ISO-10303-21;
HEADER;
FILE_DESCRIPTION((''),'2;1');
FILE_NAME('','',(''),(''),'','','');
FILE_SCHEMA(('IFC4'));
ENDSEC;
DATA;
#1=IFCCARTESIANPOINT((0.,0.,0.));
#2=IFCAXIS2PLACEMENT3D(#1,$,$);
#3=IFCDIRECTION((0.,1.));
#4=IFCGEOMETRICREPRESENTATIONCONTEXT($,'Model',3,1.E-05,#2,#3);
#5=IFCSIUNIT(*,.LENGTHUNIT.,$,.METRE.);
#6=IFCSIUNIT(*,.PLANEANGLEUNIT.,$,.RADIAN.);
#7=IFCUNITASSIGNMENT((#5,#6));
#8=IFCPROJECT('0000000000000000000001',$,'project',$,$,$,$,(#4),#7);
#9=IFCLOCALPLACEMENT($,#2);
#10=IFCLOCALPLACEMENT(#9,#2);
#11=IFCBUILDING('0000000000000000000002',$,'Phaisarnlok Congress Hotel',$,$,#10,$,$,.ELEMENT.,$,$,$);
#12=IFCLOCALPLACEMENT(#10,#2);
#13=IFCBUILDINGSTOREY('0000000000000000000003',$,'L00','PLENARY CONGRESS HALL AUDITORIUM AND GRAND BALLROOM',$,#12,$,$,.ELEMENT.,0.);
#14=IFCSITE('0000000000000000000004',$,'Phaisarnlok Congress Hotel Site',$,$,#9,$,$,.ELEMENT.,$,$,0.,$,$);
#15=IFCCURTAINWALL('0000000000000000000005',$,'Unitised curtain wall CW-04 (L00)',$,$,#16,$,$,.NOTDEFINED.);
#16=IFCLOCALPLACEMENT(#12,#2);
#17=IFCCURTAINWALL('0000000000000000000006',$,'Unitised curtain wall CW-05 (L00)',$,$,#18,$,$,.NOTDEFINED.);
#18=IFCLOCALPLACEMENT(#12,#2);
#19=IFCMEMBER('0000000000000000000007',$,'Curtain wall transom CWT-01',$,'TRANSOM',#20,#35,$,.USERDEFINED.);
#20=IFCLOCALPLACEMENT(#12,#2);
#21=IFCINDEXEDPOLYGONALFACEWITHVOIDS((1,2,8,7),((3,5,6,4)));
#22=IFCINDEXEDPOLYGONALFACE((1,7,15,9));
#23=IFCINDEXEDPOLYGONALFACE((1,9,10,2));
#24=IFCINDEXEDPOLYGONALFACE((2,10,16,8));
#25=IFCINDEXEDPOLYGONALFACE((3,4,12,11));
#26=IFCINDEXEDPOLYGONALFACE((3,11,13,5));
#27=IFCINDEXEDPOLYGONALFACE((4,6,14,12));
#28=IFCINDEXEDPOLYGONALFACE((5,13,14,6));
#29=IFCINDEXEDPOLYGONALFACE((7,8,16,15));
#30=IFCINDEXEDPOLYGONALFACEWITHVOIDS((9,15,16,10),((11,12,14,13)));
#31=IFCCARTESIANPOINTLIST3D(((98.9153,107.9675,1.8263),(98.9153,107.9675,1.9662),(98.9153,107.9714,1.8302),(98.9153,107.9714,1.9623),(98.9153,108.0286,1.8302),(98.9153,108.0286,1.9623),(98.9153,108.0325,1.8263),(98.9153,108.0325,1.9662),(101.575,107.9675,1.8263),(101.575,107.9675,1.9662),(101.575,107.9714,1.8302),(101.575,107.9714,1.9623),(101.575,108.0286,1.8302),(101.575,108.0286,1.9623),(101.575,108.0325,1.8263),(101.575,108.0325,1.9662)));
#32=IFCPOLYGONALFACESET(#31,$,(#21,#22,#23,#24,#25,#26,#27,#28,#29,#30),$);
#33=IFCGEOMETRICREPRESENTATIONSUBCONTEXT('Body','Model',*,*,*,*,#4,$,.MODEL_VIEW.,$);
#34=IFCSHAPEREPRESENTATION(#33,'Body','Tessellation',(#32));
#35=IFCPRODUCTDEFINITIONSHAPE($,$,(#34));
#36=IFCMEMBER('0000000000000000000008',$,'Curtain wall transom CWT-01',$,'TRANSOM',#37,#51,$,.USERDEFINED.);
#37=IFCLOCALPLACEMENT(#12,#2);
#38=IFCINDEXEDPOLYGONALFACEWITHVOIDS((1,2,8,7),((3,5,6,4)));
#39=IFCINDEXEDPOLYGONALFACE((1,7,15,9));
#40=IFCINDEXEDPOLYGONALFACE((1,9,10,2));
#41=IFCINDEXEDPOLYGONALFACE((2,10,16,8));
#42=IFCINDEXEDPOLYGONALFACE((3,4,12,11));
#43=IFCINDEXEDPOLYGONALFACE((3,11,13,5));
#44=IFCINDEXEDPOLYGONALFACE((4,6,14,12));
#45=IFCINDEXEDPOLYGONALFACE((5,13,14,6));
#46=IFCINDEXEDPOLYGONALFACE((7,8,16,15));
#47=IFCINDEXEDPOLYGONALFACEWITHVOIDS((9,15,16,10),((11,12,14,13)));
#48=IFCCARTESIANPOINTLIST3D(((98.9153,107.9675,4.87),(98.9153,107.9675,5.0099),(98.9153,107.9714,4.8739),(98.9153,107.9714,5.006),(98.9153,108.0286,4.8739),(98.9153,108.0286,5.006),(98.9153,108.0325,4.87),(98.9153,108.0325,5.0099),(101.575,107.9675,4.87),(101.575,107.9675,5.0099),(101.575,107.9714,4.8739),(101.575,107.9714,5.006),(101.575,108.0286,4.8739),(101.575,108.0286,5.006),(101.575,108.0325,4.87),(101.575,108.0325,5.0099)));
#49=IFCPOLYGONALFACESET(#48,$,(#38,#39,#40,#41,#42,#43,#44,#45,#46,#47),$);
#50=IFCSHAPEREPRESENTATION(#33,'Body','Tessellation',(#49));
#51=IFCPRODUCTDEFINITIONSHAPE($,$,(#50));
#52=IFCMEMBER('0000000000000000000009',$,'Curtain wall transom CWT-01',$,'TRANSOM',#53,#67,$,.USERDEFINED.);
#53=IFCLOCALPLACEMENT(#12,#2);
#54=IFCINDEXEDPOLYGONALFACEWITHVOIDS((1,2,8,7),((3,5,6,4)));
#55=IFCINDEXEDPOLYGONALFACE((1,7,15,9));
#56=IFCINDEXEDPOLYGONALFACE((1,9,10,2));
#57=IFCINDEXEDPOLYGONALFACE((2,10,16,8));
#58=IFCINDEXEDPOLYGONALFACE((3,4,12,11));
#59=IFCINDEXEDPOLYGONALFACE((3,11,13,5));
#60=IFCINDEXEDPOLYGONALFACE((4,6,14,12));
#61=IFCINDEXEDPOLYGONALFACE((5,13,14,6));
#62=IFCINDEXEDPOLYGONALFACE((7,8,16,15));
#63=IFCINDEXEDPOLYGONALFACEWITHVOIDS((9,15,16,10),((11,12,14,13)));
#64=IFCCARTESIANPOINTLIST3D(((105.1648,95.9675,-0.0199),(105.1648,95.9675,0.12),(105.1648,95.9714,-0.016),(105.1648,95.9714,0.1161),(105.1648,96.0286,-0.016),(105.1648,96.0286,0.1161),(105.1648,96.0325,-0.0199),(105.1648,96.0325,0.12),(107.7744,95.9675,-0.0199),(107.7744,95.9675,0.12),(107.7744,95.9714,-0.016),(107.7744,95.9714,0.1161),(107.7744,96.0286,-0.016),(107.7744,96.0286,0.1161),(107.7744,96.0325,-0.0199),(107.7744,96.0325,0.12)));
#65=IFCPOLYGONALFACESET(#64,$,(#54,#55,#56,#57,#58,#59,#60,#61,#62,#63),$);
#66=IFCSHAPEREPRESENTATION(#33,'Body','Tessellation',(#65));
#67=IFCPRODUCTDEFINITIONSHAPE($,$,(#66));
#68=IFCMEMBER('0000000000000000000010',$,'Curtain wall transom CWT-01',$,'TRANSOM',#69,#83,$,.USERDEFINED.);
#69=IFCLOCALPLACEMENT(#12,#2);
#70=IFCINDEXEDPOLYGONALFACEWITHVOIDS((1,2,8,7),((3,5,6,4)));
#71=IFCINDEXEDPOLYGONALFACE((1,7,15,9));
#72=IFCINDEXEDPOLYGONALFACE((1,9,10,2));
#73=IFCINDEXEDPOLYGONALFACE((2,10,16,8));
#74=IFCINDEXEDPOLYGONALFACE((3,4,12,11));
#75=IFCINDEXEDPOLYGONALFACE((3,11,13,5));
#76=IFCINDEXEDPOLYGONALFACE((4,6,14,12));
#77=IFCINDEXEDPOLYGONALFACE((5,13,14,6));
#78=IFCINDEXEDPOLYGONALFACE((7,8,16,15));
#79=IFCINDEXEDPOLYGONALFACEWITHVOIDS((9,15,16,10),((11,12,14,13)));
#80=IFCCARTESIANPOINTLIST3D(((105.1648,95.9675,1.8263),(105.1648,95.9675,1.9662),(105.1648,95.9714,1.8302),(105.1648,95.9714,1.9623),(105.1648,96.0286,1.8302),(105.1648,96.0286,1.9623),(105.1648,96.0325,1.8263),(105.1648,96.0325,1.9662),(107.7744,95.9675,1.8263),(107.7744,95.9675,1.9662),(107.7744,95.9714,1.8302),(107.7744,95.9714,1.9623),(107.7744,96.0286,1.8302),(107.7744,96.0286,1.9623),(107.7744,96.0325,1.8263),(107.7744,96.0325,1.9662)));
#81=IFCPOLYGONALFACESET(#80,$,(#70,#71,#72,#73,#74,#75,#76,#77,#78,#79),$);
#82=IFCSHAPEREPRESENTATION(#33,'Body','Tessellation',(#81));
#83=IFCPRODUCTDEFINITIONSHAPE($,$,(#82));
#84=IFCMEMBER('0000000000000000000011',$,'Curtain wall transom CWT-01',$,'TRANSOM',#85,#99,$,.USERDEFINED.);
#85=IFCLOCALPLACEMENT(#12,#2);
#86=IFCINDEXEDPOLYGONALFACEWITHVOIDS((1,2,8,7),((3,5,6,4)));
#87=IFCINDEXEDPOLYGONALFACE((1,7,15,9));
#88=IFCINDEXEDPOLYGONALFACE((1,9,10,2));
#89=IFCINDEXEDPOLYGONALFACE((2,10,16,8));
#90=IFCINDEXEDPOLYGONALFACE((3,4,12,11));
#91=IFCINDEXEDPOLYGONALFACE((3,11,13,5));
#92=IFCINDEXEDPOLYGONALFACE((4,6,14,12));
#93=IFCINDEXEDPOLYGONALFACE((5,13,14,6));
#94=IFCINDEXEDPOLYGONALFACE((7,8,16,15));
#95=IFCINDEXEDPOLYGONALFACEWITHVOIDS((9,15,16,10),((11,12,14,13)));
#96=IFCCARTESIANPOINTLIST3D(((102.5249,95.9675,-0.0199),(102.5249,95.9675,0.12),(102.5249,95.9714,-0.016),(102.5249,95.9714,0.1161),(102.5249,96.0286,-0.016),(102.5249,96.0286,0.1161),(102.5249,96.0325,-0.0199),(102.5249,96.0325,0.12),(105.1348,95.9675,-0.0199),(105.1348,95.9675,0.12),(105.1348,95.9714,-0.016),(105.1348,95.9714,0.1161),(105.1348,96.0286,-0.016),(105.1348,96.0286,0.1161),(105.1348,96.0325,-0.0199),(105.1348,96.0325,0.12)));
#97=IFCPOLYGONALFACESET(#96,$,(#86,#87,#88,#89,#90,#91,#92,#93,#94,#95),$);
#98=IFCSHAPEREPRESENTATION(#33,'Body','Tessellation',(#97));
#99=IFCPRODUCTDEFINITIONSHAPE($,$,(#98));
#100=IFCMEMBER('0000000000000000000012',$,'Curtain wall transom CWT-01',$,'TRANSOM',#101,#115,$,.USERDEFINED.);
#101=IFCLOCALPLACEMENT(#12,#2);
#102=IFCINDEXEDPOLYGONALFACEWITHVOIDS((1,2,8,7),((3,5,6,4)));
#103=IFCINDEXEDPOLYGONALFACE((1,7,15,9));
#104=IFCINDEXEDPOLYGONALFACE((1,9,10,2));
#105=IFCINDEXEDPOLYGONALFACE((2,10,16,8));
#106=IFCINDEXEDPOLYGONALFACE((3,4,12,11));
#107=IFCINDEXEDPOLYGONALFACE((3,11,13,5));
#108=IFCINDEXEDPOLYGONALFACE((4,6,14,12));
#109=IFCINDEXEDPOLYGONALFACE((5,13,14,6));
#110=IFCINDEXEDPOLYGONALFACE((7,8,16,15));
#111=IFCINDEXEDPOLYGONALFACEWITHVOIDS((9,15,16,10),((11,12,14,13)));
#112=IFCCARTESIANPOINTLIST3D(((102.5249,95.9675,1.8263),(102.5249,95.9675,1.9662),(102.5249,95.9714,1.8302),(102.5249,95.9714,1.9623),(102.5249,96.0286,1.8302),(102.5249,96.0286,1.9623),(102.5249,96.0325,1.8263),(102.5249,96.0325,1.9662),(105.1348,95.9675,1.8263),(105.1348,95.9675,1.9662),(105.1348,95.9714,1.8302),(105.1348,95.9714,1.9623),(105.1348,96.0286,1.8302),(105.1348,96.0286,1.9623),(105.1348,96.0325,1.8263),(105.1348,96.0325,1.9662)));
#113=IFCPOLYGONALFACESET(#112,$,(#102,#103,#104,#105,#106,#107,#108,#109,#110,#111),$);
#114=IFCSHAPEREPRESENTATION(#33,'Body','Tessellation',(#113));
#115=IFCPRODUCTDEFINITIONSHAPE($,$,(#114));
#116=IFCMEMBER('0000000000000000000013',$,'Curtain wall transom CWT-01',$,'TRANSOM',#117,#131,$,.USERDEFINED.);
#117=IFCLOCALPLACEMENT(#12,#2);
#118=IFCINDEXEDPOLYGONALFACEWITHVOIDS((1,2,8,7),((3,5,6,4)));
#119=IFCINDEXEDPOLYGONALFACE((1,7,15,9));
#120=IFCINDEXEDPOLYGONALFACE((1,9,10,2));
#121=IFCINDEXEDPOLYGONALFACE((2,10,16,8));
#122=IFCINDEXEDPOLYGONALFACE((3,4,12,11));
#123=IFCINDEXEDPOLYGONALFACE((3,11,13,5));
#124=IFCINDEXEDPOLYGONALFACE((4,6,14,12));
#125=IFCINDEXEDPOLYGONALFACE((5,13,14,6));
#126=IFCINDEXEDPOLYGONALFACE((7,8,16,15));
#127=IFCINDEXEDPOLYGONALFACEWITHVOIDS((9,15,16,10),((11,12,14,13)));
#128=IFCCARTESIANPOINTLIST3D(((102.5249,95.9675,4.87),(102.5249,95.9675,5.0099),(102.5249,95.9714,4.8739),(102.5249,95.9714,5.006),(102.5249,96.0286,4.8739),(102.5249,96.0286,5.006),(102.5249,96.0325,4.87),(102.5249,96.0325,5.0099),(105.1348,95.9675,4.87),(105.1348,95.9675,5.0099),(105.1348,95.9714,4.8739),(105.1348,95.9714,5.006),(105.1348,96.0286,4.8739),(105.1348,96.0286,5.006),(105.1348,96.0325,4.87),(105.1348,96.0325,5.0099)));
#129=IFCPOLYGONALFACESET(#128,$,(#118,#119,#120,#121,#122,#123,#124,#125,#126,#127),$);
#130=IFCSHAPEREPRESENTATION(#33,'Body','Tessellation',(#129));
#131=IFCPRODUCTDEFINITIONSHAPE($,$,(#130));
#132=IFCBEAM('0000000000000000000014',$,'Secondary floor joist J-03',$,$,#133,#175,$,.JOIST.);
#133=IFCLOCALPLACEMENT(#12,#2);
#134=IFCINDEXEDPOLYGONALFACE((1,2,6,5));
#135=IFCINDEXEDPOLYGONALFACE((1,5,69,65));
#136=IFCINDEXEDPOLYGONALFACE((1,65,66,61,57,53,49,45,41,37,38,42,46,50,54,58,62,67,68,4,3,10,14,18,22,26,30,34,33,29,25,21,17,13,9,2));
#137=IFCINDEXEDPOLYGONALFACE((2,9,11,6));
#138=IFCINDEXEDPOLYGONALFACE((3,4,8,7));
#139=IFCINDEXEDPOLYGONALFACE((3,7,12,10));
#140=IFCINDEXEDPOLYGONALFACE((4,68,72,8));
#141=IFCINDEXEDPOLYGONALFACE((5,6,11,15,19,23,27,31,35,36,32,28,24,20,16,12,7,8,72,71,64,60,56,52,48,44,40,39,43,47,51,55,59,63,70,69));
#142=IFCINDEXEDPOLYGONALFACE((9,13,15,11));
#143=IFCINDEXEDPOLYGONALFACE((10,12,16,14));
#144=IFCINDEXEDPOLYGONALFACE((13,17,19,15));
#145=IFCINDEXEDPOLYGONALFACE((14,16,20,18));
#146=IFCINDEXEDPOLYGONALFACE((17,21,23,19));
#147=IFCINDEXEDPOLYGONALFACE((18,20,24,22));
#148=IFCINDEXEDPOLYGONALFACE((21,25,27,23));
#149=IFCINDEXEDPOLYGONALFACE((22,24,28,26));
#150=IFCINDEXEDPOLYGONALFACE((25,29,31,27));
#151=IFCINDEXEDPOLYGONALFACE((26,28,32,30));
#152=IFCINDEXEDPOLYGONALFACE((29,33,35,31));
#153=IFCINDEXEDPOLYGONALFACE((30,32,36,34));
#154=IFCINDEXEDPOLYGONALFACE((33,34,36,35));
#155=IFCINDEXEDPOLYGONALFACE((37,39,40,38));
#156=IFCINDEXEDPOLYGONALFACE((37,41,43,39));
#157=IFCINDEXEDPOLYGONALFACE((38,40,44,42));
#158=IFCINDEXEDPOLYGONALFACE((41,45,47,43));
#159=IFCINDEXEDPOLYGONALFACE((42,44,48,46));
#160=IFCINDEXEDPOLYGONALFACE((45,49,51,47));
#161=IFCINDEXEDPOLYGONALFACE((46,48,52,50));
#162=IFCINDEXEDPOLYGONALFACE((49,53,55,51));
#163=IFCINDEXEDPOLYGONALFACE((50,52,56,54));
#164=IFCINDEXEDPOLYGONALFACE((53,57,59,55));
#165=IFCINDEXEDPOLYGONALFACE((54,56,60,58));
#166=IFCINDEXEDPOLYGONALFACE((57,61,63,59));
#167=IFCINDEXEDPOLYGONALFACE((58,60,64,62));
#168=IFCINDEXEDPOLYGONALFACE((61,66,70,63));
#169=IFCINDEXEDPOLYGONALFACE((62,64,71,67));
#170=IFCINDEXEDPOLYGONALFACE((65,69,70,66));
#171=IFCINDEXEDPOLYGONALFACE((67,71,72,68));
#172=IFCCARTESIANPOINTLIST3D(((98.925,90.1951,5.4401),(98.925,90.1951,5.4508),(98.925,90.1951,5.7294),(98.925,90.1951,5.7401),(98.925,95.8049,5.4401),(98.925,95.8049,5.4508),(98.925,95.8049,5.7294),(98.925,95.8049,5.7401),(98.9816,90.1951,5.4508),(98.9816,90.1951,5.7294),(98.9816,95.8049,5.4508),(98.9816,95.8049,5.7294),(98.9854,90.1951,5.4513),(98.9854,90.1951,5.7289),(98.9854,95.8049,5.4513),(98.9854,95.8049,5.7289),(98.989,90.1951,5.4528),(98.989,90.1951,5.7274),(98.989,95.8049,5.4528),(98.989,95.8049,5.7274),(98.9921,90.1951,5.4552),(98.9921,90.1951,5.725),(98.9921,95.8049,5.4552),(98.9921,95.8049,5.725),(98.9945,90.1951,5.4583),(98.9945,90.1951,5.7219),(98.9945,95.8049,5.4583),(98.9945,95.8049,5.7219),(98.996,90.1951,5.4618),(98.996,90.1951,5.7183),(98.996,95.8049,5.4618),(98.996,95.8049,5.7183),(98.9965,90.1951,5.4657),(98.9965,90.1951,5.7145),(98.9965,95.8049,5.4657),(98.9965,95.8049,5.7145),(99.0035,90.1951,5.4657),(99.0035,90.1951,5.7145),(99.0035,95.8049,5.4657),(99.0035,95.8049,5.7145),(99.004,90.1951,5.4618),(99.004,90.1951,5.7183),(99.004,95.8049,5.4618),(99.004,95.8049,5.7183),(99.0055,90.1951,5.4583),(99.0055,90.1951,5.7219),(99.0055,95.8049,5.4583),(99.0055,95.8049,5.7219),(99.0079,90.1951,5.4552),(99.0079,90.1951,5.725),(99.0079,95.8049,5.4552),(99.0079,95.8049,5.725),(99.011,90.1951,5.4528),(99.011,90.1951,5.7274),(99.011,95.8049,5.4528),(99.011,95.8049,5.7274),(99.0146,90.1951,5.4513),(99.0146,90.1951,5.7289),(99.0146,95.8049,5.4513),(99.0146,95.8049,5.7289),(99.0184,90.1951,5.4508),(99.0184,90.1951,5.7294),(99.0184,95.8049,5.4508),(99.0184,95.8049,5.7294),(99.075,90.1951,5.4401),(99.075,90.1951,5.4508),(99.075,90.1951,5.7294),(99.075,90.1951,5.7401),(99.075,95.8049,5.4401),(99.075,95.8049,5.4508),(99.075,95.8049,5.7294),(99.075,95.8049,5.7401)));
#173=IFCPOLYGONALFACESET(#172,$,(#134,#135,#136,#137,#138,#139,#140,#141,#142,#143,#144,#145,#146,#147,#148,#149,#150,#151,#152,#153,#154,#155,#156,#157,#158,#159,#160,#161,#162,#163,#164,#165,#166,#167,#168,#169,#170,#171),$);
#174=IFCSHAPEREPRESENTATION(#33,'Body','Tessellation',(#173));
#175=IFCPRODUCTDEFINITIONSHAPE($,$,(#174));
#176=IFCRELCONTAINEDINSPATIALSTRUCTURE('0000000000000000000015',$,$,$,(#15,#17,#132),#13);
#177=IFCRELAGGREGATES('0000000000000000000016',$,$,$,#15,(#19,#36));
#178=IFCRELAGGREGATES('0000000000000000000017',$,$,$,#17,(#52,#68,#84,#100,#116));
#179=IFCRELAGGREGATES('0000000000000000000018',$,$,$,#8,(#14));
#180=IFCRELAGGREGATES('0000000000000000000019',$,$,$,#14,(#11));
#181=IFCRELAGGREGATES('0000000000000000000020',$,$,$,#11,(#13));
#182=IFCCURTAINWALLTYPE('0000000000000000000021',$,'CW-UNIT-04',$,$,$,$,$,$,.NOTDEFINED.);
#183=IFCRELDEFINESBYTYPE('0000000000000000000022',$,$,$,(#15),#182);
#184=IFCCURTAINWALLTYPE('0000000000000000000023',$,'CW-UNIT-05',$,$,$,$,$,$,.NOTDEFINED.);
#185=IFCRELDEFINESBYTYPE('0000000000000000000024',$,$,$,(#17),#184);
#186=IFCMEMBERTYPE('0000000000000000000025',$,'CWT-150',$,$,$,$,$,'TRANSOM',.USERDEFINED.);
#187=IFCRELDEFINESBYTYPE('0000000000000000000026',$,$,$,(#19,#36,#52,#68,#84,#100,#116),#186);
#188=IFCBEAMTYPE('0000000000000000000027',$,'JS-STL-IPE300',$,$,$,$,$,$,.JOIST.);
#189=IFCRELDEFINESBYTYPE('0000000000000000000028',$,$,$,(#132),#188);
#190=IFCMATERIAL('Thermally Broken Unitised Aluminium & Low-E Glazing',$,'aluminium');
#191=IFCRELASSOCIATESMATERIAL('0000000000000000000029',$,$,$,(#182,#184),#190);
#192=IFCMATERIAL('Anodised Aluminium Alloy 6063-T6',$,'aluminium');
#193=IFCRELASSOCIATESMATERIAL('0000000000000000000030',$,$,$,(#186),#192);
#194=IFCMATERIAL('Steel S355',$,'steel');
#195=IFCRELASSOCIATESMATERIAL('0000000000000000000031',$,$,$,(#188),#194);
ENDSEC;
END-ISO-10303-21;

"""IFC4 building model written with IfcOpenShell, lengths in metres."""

from ifc_helpers import new_model, si_unit, direction, frame, origin, origin_2d, place, context, subcontext, project, spatial, hollow_rectangle, i_section, extrude, material, material_profile, profile_set, type_object, element, aggregate, save


model = new_model("IFC4")

# Units and contexts
model_context = context("Model", 3, precision=1e-05, world=origin(), true_north=direction((0.0, 1.0)))
body_context = subcontext(model_context, "Body", "Model", "MODEL_VIEW")
ifc_project = project(units=[si_unit("LENGTHUNIT", "METRE"), si_unit("PLANEANGLEUNIT", "RADIAN")], contexts=[model_context])

# Site, building, storey
site_placement = place(None, origin())
site = spatial("IfcSite", under=ifc_project, at=site_placement, Name="Phaisarnlok Congress Hotel Site", CompositionType="ELEMENT", RefElevation=0.0)
building_placement = place(site_placement, origin())
building = spatial("IfcBuilding", under=site, at=building_placement, Name="Phaisarnlok Congress Hotel", CompositionType="ELEMENT")
storey_placement = place(building_placement, origin())
storey = spatial("IfcBuildingStorey", under=building, at=storey_placement, Name="L00", Description="PLENARY CONGRESS HALL AUDITORIUM AND GRAND BALLROOM", CompositionType="ELEMENT", Elevation=0.0)

# Curtain walls
ifc_material_1 = material(Name="Thermally Broken Unitised Aluminium & Low-E Glazing", Category="aluminium")
curtain_wall_type_1 = type_object("IfcCurtainWallType", Name="CW-UNIT-04", PredefinedType="NOTDEFINED", material=ifc_material_1)
curtain_wall_1_placement = place(storey_placement, origin())
curtain_wall_1 = element("IfcCurtainWall", 1, at=curtain_wall_1_placement, inside=storey, type_object=curtain_wall_type_1, Name="Unitised curtain wall CW-04 (L00)", PredefinedType="NOTDEFINED")
ifc_material_2 = material(Name="Anodised Aluminium Alloy 6063-T6", Category="aluminium")
curtain_wall_type_2 = type_object("IfcCurtainWallType", Name="CW-UNIT-05", PredefinedType="NOTDEFINED", material=ifc_material_1)
curtain_wall_2_placement = place(storey_placement, origin())
curtain_wall_2 = element("IfcCurtainWall", 2, at=curtain_wall_2_placement, inside=storey, type_object=curtain_wall_type_2, Name="Unitised curtain wall CW-05 (L00)", PredefinedType="NOTDEFINED")

# Members
ifc_material_profile_1 = material_profile(ifc_material_2, hollow_rectangle(XDim=0.0649, YDim=0.1399, WallThickness=0.0039, at=origin_2d()), Name="ALU-T 65x140x4")
ifc_profile_set_1 = profile_set([ifc_material_profile_1], Name="Anodised Aluminium Alloy 6063-T6")
member_type_1 = type_object("IfcMemberType", Name="CWT-150", ElementType="TRANSOM", PredefinedType="USERDEFINED", material=ifc_profile_set_1)
member_1_placement = place(storey_placement, frame((98.9153, 108.0, 1.8962), z_axis=(1.0, 0.0, 0.0), x_axis=(0.0, 1.0, 0.0)))
member_1 = element("IfcMember", 3, at=member_1_placement, type_object=member_type_1, Name="Curtain wall transom CWT-01", ObjectType="TRANSOM", PredefinedType="USERDEFINED", context=body_context, shape_type="SweptSolid", body=[
    extrude(hollow_rectangle(XDim=0.0649, YDim=0.1399, WallThickness=0.0039, at=origin_2d()), origin(), (0.0, 0.0, 1.0), 2.6597),
])
member_2_placement = place(storey_placement, frame((98.9153, 108.0, 4.9399), z_axis=(1.0, 0.0, 0.0), x_axis=(0.0, 1.0, 0.0)))
member_2 = element("IfcMember", 4, at=member_2_placement, type_object=member_type_1, Name="Curtain wall transom CWT-01", ObjectType="TRANSOM", PredefinedType="USERDEFINED", context=body_context, shape_type="SweptSolid", body=[
    extrude(hollow_rectangle(XDim=0.0649, YDim=0.1399, WallThickness=0.0039, at=origin_2d()), origin(), (0.0, 0.0, 1.0), 2.6597),
])
member_3_placement = place(storey_placement, frame((107.7744, 96.0, 0.05), z_axis=(-1.0, 0.0, 0.0), x_axis=(0.0, -1.0, 0.0)))
member_3 = element("IfcMember", 5, at=member_3_placement, type_object=member_type_1, Name="Curtain wall transom CWT-01", ObjectType="TRANSOM", PredefinedType="USERDEFINED", context=body_context, shape_type="SweptSolid", body=[
    extrude(hollow_rectangle(XDim=0.0649, YDim=0.1399, WallThickness=0.0039, at=origin_2d()), origin(), (0.0, 0.0, 1.0), 2.6096),
])
member_4_placement = place(storey_placement, frame((107.7744, 96.0, 1.8962), z_axis=(-1.0, 0.0, 0.0), x_axis=(0.0, -1.0, 0.0)))
member_4 = element("IfcMember", 6, at=member_4_placement, type_object=member_type_1, Name="Curtain wall transom CWT-01", ObjectType="TRANSOM", PredefinedType="USERDEFINED", context=body_context, shape_type="SweptSolid", body=[
    extrude(hollow_rectangle(XDim=0.0649, YDim=0.1399, WallThickness=0.0039, at=origin_2d()), origin(), (0.0, 0.0, 1.0), 2.6096),
])
member_5_placement = place(storey_placement, frame((105.1348, 96.0, 0.05), z_axis=(-1.0, 0.0, 0.0), x_axis=(0.0, -1.0, 0.0)))
member_5 = element("IfcMember", 7, at=member_5_placement, type_object=member_type_1, Name="Curtain wall transom CWT-01", ObjectType="TRANSOM", PredefinedType="USERDEFINED", context=body_context, shape_type="SweptSolid", body=[
    extrude(hollow_rectangle(XDim=0.0649, YDim=0.1399, WallThickness=0.0039, at=origin_2d()), origin(), (0.0, 0.0, 1.0), 2.6099),
])
member_6_placement = place(storey_placement, frame((105.1348, 96.0, 1.8962), z_axis=(-1.0, 0.0, 0.0), x_axis=(0.0, -1.0, 0.0)))
member_6 = element("IfcMember", 8, at=member_6_placement, type_object=member_type_1, Name="Curtain wall transom CWT-01", ObjectType="TRANSOM", PredefinedType="USERDEFINED", context=body_context, shape_type="SweptSolid", body=[
    extrude(hollow_rectangle(XDim=0.0649, YDim=0.1399, WallThickness=0.0039, at=origin_2d()), origin(), (0.0, 0.0, 1.0), 2.6099),
])
member_7_placement = place(storey_placement, frame((105.1348, 96.0, 4.9399), z_axis=(-1.0, 0.0, 0.0), x_axis=(0.0, -1.0, 0.0)))
member_7 = element("IfcMember", 9, at=member_7_placement, type_object=member_type_1, Name="Curtain wall transom CWT-01", ObjectType="TRANSOM", PredefinedType="USERDEFINED", context=body_context, shape_type="SweptSolid", body=[
    extrude(hollow_rectangle(XDim=0.0649, YDim=0.1399, WallThickness=0.0039, at=origin_2d()), origin(), (0.0, 0.0, 1.0), 2.6099),
])

# Beam
ifc_material_3 = material(Name="Steel S355", Category="steel")
ifc_material_profile_2 = material_profile(ifc_material_3, i_section(OverallWidth=0.1499, OverallDepth=0.3, WebThickness=0.0071, FlangeThickness=0.0107, FilletRadius=0.0149, at=origin_2d()), Name="IPE 300")
ifc_profile_set_2 = profile_set([ifc_material_profile_2], Name="Steel S355")
beam_type_1 = type_object("IfcBeamType", Name="JS-STL-IPE300", PredefinedType="JOIST", material=ifc_profile_set_2)
for number, where, z_axis, x_axis, name in (
    (10, (99.0, 90.1951, 5.5901), (0.0, 1.0, 0.0), (-1.0, 0.0, 0.0), "Secondary floor joist J-03"),
):
    element("IfcBeam", number, at=place(storey_placement, frame(where, z_axis=z_axis, x_axis=x_axis)), inside=storey, type_object=beam_type_1, Name=name, PredefinedType="JOIST", context=body_context, shape_type="SweptSolid", body=[
        extrude(i_section(OverallWidth=0.1499, OverallDepth=0.3, WebThickness=0.0071, FlangeThickness=0.0107, FilletRadius=0.0149, at=origin_2d()), origin(), (0.0, 0.0, 1.0), 5.6099),
    ])

aggregate(curtain_wall_1, [member_1, member_2])
aggregate(curtain_wall_2, [member_3, member_4, member_5, member_6, member_7])

save(model, "model.ifc")
